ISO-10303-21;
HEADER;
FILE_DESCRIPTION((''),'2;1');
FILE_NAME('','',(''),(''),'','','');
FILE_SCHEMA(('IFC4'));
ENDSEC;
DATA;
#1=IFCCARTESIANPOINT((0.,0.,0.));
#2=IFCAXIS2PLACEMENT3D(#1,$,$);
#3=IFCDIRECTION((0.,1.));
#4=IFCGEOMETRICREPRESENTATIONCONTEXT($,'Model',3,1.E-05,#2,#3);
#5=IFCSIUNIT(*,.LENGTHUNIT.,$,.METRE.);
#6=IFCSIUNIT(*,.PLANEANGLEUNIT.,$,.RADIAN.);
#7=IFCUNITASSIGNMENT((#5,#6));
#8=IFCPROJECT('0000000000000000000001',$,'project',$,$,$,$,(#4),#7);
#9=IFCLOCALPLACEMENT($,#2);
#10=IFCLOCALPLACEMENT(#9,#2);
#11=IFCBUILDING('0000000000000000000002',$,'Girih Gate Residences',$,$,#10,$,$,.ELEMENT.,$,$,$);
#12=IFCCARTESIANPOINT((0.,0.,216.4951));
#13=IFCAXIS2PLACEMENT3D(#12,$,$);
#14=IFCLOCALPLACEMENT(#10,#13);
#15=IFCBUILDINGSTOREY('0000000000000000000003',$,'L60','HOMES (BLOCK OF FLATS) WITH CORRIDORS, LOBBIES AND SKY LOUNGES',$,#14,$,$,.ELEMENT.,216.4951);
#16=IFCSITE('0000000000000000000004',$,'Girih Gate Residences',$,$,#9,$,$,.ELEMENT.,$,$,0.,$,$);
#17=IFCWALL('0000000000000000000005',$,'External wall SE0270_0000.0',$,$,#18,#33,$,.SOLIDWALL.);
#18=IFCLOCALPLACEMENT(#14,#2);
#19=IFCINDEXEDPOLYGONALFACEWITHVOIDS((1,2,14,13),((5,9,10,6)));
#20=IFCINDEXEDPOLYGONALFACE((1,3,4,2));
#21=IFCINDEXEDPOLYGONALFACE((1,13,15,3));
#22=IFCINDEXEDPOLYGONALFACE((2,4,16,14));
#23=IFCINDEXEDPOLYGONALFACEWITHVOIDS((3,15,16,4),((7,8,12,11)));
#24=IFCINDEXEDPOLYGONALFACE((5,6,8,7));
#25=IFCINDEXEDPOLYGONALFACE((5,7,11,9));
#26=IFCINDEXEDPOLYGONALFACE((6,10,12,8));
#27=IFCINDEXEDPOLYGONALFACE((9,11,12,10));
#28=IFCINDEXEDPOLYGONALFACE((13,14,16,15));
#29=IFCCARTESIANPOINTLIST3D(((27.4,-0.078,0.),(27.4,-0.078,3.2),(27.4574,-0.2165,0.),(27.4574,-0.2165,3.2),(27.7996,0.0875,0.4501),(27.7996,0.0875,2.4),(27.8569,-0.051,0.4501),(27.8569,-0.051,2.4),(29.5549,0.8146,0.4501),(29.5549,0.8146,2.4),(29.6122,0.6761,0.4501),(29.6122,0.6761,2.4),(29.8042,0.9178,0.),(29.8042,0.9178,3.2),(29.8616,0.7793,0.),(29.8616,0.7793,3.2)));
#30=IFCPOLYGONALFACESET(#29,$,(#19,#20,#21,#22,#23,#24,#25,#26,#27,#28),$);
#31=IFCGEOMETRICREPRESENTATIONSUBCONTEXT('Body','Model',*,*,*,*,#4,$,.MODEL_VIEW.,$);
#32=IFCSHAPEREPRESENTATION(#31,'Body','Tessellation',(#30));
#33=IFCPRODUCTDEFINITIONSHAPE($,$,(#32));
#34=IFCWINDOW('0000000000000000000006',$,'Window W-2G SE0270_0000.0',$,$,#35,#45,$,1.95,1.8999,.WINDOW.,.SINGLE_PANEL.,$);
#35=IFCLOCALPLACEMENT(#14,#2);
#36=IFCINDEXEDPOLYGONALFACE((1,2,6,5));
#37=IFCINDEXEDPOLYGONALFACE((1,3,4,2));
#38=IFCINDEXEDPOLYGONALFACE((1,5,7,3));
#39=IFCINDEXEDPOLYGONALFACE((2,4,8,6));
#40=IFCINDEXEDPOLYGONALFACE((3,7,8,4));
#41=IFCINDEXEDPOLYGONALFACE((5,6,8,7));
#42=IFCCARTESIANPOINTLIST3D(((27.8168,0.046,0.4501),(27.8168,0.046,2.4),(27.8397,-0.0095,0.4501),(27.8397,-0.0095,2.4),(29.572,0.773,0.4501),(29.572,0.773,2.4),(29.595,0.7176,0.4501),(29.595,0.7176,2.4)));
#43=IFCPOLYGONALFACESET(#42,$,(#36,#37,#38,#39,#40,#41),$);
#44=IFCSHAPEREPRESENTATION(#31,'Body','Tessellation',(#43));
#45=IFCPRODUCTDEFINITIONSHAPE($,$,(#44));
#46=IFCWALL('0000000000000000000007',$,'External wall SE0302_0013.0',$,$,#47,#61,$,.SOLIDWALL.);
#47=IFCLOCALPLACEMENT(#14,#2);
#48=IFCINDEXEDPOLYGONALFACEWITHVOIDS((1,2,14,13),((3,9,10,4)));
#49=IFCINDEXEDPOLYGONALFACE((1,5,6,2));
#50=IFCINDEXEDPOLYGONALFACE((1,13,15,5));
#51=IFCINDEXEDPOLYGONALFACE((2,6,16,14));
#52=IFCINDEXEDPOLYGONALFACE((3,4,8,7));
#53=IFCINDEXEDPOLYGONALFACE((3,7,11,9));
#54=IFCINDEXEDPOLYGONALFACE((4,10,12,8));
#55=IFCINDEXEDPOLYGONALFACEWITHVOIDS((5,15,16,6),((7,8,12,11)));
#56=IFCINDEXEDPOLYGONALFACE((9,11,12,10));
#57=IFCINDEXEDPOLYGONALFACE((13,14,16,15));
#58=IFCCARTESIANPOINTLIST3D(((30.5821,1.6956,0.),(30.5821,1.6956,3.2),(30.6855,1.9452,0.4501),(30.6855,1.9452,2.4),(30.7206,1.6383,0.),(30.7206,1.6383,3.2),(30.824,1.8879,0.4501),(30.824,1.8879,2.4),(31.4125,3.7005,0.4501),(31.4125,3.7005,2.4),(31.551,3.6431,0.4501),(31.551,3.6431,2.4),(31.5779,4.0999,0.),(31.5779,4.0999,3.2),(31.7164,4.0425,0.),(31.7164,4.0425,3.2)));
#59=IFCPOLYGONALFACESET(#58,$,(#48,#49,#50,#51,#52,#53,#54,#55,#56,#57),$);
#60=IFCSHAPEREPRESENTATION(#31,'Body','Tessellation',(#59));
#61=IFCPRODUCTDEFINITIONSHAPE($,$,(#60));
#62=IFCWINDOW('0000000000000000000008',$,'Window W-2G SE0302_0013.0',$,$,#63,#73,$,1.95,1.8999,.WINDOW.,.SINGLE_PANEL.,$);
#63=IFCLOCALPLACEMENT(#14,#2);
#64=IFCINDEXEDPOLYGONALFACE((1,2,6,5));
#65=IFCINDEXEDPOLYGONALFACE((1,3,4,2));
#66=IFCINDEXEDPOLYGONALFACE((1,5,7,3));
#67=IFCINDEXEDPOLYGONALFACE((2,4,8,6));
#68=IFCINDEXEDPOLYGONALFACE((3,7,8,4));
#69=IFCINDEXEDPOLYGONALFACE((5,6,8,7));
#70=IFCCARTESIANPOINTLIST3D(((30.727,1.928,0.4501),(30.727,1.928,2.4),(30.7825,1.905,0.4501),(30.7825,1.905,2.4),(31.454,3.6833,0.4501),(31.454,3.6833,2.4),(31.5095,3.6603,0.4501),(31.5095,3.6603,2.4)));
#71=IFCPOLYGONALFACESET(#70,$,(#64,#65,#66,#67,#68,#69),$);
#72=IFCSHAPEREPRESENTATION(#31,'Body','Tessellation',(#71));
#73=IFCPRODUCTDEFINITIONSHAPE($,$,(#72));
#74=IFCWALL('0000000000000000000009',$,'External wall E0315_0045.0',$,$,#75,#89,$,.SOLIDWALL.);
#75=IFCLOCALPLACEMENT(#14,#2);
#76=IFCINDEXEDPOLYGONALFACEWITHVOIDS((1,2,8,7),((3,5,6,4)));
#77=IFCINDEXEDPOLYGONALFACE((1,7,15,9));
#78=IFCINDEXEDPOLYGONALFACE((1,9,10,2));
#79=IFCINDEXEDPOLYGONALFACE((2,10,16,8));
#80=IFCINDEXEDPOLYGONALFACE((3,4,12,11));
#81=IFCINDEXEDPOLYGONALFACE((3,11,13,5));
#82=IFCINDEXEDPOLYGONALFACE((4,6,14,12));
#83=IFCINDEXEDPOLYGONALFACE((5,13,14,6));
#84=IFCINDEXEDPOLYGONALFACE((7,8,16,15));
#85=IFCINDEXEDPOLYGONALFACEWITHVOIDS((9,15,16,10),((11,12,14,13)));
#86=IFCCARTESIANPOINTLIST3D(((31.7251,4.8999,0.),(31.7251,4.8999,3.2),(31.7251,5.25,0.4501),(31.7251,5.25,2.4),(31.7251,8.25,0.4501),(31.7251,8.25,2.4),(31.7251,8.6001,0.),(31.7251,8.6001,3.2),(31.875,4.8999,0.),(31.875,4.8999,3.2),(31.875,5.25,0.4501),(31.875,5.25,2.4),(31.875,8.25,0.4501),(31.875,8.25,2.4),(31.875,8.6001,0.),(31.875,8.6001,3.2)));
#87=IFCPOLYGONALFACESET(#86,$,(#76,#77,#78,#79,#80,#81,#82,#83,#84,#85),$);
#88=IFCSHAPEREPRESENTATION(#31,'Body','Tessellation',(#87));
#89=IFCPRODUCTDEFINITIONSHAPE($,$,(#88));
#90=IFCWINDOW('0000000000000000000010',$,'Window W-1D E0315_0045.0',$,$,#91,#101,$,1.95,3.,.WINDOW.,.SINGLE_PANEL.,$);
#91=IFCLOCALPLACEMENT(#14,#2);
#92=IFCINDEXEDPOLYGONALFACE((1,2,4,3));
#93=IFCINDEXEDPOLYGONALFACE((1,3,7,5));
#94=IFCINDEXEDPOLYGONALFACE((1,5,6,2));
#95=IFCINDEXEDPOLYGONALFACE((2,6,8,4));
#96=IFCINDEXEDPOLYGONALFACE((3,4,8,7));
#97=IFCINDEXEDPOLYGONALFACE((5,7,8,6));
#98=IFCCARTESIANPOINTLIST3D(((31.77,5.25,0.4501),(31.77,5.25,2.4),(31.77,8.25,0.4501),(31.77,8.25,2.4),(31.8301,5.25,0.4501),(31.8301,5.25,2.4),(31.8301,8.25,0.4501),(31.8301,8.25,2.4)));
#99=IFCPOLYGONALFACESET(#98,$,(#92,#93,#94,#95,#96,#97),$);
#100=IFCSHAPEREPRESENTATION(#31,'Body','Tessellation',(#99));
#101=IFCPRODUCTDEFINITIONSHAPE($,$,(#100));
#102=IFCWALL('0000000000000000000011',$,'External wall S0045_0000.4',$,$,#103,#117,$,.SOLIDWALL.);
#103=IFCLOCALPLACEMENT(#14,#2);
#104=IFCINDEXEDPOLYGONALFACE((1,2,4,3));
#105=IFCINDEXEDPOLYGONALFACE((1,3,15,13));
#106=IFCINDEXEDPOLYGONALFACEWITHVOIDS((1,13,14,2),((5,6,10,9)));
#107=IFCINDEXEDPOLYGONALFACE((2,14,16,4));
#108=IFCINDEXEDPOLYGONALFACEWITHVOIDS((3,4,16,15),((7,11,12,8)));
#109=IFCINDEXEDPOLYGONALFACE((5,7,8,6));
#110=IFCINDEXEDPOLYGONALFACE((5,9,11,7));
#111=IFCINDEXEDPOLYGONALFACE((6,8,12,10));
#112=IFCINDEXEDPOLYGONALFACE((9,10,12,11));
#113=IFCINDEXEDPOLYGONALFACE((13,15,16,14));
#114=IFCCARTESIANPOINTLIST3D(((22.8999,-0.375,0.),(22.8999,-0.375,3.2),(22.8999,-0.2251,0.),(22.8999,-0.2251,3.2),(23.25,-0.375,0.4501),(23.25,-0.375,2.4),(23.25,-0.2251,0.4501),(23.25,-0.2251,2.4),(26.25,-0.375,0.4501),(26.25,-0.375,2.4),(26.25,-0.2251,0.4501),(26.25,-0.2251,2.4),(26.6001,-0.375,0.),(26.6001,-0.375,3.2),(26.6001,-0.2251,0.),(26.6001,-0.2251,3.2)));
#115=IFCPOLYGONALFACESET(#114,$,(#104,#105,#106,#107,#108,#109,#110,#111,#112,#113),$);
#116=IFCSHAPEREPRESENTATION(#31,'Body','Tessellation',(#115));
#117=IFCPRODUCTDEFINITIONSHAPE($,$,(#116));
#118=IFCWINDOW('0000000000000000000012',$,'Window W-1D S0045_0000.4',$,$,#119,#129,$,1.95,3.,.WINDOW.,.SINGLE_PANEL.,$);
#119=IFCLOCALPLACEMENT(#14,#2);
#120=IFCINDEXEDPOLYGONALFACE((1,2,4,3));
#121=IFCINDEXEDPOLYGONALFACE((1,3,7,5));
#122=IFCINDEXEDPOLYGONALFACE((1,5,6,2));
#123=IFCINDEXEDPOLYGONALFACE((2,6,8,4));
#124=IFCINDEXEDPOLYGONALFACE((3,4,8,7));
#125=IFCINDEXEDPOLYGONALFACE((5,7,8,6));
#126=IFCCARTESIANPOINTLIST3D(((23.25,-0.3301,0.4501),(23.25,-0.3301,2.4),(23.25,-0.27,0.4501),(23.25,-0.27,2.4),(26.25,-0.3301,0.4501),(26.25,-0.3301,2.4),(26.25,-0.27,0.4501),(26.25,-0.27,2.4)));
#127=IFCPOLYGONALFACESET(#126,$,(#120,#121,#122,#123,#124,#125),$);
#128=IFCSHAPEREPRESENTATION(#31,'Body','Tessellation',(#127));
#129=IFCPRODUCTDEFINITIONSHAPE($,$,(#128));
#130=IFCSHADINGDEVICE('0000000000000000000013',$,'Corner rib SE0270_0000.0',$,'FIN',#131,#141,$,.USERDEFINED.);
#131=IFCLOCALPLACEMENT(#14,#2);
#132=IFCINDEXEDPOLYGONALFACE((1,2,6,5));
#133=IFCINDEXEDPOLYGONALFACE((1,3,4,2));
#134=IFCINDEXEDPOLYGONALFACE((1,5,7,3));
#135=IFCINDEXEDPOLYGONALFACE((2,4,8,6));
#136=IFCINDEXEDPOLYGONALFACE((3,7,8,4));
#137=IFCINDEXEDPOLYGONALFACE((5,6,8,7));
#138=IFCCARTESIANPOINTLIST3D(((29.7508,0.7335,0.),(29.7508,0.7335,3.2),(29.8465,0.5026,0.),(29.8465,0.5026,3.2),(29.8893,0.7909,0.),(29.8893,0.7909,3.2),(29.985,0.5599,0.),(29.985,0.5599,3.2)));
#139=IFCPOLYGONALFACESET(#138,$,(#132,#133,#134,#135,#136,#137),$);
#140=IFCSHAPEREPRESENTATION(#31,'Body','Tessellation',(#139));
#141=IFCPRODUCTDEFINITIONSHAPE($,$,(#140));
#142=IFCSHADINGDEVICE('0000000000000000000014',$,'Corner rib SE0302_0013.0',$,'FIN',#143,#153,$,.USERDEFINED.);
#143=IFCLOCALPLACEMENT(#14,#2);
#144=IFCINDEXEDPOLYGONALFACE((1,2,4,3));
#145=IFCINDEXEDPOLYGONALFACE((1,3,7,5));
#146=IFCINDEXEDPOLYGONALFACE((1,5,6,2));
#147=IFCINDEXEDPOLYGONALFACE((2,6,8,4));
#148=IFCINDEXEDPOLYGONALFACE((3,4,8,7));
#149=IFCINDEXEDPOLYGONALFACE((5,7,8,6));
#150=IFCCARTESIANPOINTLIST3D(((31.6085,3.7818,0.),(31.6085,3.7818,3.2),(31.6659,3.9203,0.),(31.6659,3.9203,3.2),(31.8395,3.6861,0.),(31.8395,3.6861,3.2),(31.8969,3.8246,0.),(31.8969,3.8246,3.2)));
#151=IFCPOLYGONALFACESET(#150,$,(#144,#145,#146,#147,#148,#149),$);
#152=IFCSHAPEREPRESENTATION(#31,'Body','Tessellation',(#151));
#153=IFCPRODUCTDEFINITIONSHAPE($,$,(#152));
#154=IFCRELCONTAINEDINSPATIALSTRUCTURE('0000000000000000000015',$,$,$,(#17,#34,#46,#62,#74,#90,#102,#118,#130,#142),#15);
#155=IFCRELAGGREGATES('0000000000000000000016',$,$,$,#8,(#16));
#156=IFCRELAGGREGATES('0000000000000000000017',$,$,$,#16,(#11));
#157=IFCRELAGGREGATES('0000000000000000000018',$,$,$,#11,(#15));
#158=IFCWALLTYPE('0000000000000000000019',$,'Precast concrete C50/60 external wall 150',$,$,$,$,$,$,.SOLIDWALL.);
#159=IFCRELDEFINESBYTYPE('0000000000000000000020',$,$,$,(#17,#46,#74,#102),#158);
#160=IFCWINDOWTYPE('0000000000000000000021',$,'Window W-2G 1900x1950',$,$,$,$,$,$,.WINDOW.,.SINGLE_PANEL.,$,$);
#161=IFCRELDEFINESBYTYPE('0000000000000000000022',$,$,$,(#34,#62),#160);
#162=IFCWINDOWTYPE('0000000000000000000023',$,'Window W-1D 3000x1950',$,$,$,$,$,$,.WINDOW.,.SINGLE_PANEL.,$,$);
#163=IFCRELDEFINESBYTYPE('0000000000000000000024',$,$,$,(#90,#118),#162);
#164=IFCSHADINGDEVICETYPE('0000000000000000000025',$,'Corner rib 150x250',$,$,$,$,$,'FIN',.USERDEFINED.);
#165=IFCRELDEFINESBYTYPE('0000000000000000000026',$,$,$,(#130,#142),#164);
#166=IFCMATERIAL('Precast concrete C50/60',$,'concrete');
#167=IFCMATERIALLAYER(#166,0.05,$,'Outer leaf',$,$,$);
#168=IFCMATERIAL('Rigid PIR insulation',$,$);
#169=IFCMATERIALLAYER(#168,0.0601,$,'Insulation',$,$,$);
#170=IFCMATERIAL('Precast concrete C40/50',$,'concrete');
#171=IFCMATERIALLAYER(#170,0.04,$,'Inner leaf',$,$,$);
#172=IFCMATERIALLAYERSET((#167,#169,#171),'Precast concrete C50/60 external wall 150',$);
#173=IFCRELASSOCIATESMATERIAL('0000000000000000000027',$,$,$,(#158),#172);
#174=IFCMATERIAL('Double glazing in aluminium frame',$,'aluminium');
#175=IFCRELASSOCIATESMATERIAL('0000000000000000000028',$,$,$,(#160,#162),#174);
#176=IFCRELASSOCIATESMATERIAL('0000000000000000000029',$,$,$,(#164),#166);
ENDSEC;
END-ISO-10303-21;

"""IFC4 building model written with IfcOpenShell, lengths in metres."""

from ifc_helpers import new_model, si_unit, direction, frame, frame_2d, origin, origin_2d, place, context, subcontext, project, spatial, rectangle, extrude, material, layer, layer_set, type_object, element, fill, save


model = new_model("IFC4")

# Units and contexts
model_context = context("Model", 3, precision=1e-05, world=origin(), true_north=direction((0.0, 1.0)))
body_context = subcontext(model_context, "Body", "Model", "MODEL_VIEW")
ifc_project = project(units=[si_unit("LENGTHUNIT", "METRE"), si_unit("PLANEANGLEUNIT", "RADIAN")], contexts=[model_context])

# Site, building, storey
site_placement = place(None, origin())
site = spatial("IfcSite", under=ifc_project, at=site_placement, Name="Girih Gate Residences", CompositionType="ELEMENT", RefElevation=0.0)
building_placement = place(site_placement, origin())
building = spatial("IfcBuilding", under=site, at=building_placement, Name="Girih Gate Residences", CompositionType="ELEMENT")
storey_placement = place(building_placement, frame((0.0, 0.0, 216.4951)))
storey = spatial("IfcBuildingStorey", under=building, at=storey_placement, Name="L60", Description="HOMES (BLOCK OF FLATS) WITH CORRIDORS, LOBBIES AND SKY LOUNGES", CompositionType="ELEMENT", Elevation=216.4951)

# Walls, openings, windows
ifc_material_1 = material(Name="Precast concrete C50/60", Category="concrete")
ifc_layer_1 = layer(ifc_material_1, 0.05, Name="Outer leaf")
ifc_material_2 = material(Name="Rigid PIR insulation")
ifc_layer_2 = layer(ifc_material_2, 0.0601, Name="Insulation")
ifc_material_3 = material(Name="Precast concrete C40/50", Category="concrete")
ifc_layer_3 = layer(ifc_material_3, 0.04, Name="Inner leaf")
ifc_layer_set_1 = layer_set([ifc_layer_1, ifc_layer_2, ifc_layer_3], Name="Precast concrete C50/60 external wall 150")
wall_type_1 = type_object("IfcWallType", Name="Precast concrete C50/60 external wall 150", PredefinedType="SOLIDWALL", material=ifc_layer_set_1)
wall_1_placement = place(storey_placement, frame((29.833, 0.8486, 0.0), z_axis=(0.0, 0.0, 1.0), x_axis=(-0.923885, -0.382669, 0.0)))
wall_1 = element("IfcWall", 1, at=wall_1_placement, inside=storey, type_object=wall_type_1, Name="External wall SE0270_0000.0", PredefinedType="SOLIDWALL", context=body_context, shape_type="SweptSolid", body=[
    extrude(rectangle(XDim=2.6023, YDim=0.1499, at=frame_2d((1.3013, 0.0))), origin(), (0.0, 0.0, 1.0), 3.2),
])
opening_1_placement = place(wall_1_placement, frame((0.27, 0.0, 0.45)))
opening_1 = element("IfcOpeningElement", 2, at=opening_1_placement, cuts=wall_1, PredefinedType="OPENING", context=body_context, shape_type="SweptSolid", body=[
    extrude(rectangle(XDim=1.8999, YDim=1.95, at=frame_2d((0.95, 0.9751))), frame((0.0, 0.085, 0.0), z_axis=(0.0, -1.0, 0.0), x_axis=(1.0, 0.0, 0.0)), (0.0, 0.0, 1.0), 0.1699),
])
ifc_material_4 = material(Name="Double glazing in aluminium frame", Category="aluminium")
window_type_1 = type_object("IfcWindowType", Name="Window W-2G 1900x1950", PartitioningType="SINGLE_PANEL", PredefinedType="WINDOW", material=ifc_material_4)
window_1_placement = place(opening_1_placement, origin())
window_1 = element("IfcWindow", 3, at=window_1_placement, inside=storey, type_object=window_type_1, Name="Window W-2G SE0270_0000.0", OverallHeight=1.95, OverallWidth=1.8999, PartitioningType="SINGLE_PANEL", PredefinedType="WINDOW", context=body_context, shape_type="SweptSolid", body=[
    extrude(rectangle(XDim=1.8999, YDim=1.95, at=frame_2d((0.95, 0.9751))), frame((0.0, 0.03, 0.0), z_axis=(0.0, -1.0, 0.0), x_axis=(1.0, 0.0, 0.0)), (0.0, 0.0, 1.0), 0.0601),
])
fill(opening_1, window_1)
wall_2_placement = place(storey_placement, frame((31.6472, 4.0713, 0.0), z_axis=(0.0, 0.0, 1.0), x_axis=(-0.382669, -0.923885, 0.0)))
wall_2 = element("IfcWall", 4, at=wall_2_placement, inside=storey, type_object=wall_type_1, Name="External wall SE0302_0013.0", PredefinedType="SOLIDWALL", context=body_context, shape_type="SweptSolid", body=[
    extrude(rectangle(XDim=2.6023, YDim=0.1499, at=frame_2d((1.3013, 0.0))), origin(), (0.0, 0.0, 1.0), 3.2),
])
opening_2_placement = place(wall_2_placement, frame((0.4324, 0.0, 0.45)))
opening_2 = element("IfcOpeningElement", 5, at=opening_2_placement, cuts=wall_2, PredefinedType="OPENING", context=body_context, shape_type="SweptSolid", body=[
    extrude(rectangle(XDim=1.8999, YDim=1.95, at=frame_2d((0.95, 0.9751))), frame((0.0, 0.085, 0.0), z_axis=(0.0, -1.0, 0.0), x_axis=(1.0, 0.0, 0.0)), (0.0, 0.0, 1.0), 0.1699),
])
window_2_placement = place(opening_2_placement, origin())
window_2 = element("IfcWindow", 6, at=window_2_placement, inside=storey, type_object=window_type_1, Name="Window W-2G SE0302_0013.0", OverallHeight=1.95, OverallWidth=1.8999, PartitioningType="SINGLE_PANEL", PredefinedType="WINDOW", context=body_context, shape_type="SweptSolid", body=[
    extrude(rectangle(XDim=1.8999, YDim=1.95, at=frame_2d((0.95, 0.9751))), frame((0.0, 0.03, 0.0), z_axis=(0.0, -1.0, 0.0), x_axis=(1.0, 0.0, 0.0)), (0.0, 0.0, 1.0), 0.0601),
])
fill(opening_2, window_2)
wall_3_placement = place(storey_placement, frame((31.8, 8.6001, 0.0), z_axis=(0.0, 0.0, 1.0), x_axis=(0.0, -1.0, 0.0)))
wall_3 = element("IfcWall", 7, at=wall_3_placement, inside=storey, type_object=wall_type_1, Name="External wall E0315_0045.0", PredefinedType="SOLIDWALL", context=body_context, shape_type="SweptSolid", body=[
    extrude(rectangle(XDim=3.7002, YDim=0.1499, at=frame_2d((1.8501, 0.0))), origin(), (0.0, 0.0, 1.0), 3.2),
])
opening_3_placement = place(wall_3_placement, frame((0.3501, 0.0, 0.45)))
opening_3 = element("IfcOpeningElement", 8, at=opening_3_placement, cuts=wall_3, PredefinedType="OPENING", context=body_context, shape_type="SweptSolid", body=[
    extrude(rectangle(XDim=3.0, YDim=1.95, at=frame_2d((1.5, 0.9751))), frame((0.0, 0.085, 0.0), z_axis=(0.0, -1.0, 0.0), x_axis=(1.0, 0.0, 0.0)), (0.0, 0.0, 1.0), 0.1699),
])
window_type_2 = type_object("IfcWindowType", Name="Window W-1D 3000x1950", PartitioningType="SINGLE_PANEL", PredefinedType="WINDOW", material=ifc_material_4)
window_3_placement = place(opening_3_placement, origin())
window_3 = element("IfcWindow", 9, at=window_3_placement, inside=storey, type_object=window_type_2, Name="Window W-1D E0315_0045.0", OverallHeight=1.95, OverallWidth=3.0, PartitioningType="SINGLE_PANEL", PredefinedType="WINDOW", context=body_context, shape_type="SweptSolid", body=[
    extrude(rectangle(XDim=3.0, YDim=1.95, at=frame_2d((1.5, 0.9751))), frame((0.0, 0.03, 0.0), z_axis=(0.0, -1.0, 0.0), x_axis=(1.0, 0.0, 0.0)), (0.0, 0.0, 1.0), 0.0601),
])
fill(opening_3, window_3)
wall_4_placement = place(storey_placement, frame((26.6001, -0.3, 0.0), z_axis=(0.0, 0.0, 1.0), x_axis=(-1.0, 0.0, 0.0)))
wall_4 = element("IfcWall", 10, at=wall_4_placement, inside=storey, type_object=wall_type_1, Name="External wall S0045_0000.4", PredefinedType="SOLIDWALL", context=body_context, shape_type="SweptSolid", body=[
    extrude(rectangle(XDim=3.7002, YDim=0.1499, at=frame_2d((1.8501, 0.0))), origin(), (0.0, 0.0, 1.0), 3.2),
])
opening_4_placement = place(wall_4_placement, frame((0.3501, 0.0, 0.45)))
opening_4 = element("IfcOpeningElement", 11, at=opening_4_placement, cuts=wall_4, PredefinedType="OPENING", context=body_context, shape_type="SweptSolid", body=[
    extrude(rectangle(XDim=3.0, YDim=1.95, at=frame_2d((1.5, 0.9751))), frame((0.0, 0.085, 0.0), z_axis=(0.0, -1.0, 0.0), x_axis=(1.0, 0.0, 0.0)), (0.0, 0.0, 1.0), 0.1699),
])
window_4_placement = place(opening_4_placement, origin())
window_4 = element("IfcWindow", 12, at=window_4_placement, inside=storey, type_object=window_type_2, Name="Window W-1D S0045_0000.4", OverallHeight=1.95, OverallWidth=3.0, PartitioningType="SINGLE_PANEL", PredefinedType="WINDOW", context=body_context, shape_type="SweptSolid", body=[
    extrude(rectangle(XDim=3.0, YDim=1.95, at=frame_2d((1.5, 0.9751))), frame((0.0, 0.03, 0.0), z_axis=(0.0, -1.0, 0.0), x_axis=(1.0, 0.0, 0.0)), (0.0, 0.0, 1.0), 0.0601),
])
fill(opening_4, window_4)

# Shading devices
shading_device_type = type_object("IfcShadingDeviceType", Name="Corner rib 150x250", ElementType="FIN", PredefinedType="USERDEFINED", material=ifc_material_1)
for number, where, z_axis, x_axis, name in (
    (13, (29.8679, 0.6467, 0.0), (0.0, 0.0, 1.0), (0.92388, 0.382683, 0.0), "Corner rib SE0270_0000.0"),
    (14, (31.7527, 3.8032, 0.0), (0.0, 0.0, 1.0), (0.382683, 0.92388, 0.0), "Corner rib SE0302_0013.0"),
):
    element("IfcShadingDevice", number, at=place(storey_placement, frame(where, z_axis=z_axis, x_axis=x_axis)), inside=storey, type_object=shading_device_type, Name=name, ObjectType="FIN", PredefinedType="USERDEFINED", context=body_context, shape_type="SweptSolid", body=[
        extrude(rectangle(XDim=0.1499, YDim=0.25, at=origin_2d()), origin(), (0.0, 0.0, 1.0), 3.2),
    ])

save(model, "model.ifc")
